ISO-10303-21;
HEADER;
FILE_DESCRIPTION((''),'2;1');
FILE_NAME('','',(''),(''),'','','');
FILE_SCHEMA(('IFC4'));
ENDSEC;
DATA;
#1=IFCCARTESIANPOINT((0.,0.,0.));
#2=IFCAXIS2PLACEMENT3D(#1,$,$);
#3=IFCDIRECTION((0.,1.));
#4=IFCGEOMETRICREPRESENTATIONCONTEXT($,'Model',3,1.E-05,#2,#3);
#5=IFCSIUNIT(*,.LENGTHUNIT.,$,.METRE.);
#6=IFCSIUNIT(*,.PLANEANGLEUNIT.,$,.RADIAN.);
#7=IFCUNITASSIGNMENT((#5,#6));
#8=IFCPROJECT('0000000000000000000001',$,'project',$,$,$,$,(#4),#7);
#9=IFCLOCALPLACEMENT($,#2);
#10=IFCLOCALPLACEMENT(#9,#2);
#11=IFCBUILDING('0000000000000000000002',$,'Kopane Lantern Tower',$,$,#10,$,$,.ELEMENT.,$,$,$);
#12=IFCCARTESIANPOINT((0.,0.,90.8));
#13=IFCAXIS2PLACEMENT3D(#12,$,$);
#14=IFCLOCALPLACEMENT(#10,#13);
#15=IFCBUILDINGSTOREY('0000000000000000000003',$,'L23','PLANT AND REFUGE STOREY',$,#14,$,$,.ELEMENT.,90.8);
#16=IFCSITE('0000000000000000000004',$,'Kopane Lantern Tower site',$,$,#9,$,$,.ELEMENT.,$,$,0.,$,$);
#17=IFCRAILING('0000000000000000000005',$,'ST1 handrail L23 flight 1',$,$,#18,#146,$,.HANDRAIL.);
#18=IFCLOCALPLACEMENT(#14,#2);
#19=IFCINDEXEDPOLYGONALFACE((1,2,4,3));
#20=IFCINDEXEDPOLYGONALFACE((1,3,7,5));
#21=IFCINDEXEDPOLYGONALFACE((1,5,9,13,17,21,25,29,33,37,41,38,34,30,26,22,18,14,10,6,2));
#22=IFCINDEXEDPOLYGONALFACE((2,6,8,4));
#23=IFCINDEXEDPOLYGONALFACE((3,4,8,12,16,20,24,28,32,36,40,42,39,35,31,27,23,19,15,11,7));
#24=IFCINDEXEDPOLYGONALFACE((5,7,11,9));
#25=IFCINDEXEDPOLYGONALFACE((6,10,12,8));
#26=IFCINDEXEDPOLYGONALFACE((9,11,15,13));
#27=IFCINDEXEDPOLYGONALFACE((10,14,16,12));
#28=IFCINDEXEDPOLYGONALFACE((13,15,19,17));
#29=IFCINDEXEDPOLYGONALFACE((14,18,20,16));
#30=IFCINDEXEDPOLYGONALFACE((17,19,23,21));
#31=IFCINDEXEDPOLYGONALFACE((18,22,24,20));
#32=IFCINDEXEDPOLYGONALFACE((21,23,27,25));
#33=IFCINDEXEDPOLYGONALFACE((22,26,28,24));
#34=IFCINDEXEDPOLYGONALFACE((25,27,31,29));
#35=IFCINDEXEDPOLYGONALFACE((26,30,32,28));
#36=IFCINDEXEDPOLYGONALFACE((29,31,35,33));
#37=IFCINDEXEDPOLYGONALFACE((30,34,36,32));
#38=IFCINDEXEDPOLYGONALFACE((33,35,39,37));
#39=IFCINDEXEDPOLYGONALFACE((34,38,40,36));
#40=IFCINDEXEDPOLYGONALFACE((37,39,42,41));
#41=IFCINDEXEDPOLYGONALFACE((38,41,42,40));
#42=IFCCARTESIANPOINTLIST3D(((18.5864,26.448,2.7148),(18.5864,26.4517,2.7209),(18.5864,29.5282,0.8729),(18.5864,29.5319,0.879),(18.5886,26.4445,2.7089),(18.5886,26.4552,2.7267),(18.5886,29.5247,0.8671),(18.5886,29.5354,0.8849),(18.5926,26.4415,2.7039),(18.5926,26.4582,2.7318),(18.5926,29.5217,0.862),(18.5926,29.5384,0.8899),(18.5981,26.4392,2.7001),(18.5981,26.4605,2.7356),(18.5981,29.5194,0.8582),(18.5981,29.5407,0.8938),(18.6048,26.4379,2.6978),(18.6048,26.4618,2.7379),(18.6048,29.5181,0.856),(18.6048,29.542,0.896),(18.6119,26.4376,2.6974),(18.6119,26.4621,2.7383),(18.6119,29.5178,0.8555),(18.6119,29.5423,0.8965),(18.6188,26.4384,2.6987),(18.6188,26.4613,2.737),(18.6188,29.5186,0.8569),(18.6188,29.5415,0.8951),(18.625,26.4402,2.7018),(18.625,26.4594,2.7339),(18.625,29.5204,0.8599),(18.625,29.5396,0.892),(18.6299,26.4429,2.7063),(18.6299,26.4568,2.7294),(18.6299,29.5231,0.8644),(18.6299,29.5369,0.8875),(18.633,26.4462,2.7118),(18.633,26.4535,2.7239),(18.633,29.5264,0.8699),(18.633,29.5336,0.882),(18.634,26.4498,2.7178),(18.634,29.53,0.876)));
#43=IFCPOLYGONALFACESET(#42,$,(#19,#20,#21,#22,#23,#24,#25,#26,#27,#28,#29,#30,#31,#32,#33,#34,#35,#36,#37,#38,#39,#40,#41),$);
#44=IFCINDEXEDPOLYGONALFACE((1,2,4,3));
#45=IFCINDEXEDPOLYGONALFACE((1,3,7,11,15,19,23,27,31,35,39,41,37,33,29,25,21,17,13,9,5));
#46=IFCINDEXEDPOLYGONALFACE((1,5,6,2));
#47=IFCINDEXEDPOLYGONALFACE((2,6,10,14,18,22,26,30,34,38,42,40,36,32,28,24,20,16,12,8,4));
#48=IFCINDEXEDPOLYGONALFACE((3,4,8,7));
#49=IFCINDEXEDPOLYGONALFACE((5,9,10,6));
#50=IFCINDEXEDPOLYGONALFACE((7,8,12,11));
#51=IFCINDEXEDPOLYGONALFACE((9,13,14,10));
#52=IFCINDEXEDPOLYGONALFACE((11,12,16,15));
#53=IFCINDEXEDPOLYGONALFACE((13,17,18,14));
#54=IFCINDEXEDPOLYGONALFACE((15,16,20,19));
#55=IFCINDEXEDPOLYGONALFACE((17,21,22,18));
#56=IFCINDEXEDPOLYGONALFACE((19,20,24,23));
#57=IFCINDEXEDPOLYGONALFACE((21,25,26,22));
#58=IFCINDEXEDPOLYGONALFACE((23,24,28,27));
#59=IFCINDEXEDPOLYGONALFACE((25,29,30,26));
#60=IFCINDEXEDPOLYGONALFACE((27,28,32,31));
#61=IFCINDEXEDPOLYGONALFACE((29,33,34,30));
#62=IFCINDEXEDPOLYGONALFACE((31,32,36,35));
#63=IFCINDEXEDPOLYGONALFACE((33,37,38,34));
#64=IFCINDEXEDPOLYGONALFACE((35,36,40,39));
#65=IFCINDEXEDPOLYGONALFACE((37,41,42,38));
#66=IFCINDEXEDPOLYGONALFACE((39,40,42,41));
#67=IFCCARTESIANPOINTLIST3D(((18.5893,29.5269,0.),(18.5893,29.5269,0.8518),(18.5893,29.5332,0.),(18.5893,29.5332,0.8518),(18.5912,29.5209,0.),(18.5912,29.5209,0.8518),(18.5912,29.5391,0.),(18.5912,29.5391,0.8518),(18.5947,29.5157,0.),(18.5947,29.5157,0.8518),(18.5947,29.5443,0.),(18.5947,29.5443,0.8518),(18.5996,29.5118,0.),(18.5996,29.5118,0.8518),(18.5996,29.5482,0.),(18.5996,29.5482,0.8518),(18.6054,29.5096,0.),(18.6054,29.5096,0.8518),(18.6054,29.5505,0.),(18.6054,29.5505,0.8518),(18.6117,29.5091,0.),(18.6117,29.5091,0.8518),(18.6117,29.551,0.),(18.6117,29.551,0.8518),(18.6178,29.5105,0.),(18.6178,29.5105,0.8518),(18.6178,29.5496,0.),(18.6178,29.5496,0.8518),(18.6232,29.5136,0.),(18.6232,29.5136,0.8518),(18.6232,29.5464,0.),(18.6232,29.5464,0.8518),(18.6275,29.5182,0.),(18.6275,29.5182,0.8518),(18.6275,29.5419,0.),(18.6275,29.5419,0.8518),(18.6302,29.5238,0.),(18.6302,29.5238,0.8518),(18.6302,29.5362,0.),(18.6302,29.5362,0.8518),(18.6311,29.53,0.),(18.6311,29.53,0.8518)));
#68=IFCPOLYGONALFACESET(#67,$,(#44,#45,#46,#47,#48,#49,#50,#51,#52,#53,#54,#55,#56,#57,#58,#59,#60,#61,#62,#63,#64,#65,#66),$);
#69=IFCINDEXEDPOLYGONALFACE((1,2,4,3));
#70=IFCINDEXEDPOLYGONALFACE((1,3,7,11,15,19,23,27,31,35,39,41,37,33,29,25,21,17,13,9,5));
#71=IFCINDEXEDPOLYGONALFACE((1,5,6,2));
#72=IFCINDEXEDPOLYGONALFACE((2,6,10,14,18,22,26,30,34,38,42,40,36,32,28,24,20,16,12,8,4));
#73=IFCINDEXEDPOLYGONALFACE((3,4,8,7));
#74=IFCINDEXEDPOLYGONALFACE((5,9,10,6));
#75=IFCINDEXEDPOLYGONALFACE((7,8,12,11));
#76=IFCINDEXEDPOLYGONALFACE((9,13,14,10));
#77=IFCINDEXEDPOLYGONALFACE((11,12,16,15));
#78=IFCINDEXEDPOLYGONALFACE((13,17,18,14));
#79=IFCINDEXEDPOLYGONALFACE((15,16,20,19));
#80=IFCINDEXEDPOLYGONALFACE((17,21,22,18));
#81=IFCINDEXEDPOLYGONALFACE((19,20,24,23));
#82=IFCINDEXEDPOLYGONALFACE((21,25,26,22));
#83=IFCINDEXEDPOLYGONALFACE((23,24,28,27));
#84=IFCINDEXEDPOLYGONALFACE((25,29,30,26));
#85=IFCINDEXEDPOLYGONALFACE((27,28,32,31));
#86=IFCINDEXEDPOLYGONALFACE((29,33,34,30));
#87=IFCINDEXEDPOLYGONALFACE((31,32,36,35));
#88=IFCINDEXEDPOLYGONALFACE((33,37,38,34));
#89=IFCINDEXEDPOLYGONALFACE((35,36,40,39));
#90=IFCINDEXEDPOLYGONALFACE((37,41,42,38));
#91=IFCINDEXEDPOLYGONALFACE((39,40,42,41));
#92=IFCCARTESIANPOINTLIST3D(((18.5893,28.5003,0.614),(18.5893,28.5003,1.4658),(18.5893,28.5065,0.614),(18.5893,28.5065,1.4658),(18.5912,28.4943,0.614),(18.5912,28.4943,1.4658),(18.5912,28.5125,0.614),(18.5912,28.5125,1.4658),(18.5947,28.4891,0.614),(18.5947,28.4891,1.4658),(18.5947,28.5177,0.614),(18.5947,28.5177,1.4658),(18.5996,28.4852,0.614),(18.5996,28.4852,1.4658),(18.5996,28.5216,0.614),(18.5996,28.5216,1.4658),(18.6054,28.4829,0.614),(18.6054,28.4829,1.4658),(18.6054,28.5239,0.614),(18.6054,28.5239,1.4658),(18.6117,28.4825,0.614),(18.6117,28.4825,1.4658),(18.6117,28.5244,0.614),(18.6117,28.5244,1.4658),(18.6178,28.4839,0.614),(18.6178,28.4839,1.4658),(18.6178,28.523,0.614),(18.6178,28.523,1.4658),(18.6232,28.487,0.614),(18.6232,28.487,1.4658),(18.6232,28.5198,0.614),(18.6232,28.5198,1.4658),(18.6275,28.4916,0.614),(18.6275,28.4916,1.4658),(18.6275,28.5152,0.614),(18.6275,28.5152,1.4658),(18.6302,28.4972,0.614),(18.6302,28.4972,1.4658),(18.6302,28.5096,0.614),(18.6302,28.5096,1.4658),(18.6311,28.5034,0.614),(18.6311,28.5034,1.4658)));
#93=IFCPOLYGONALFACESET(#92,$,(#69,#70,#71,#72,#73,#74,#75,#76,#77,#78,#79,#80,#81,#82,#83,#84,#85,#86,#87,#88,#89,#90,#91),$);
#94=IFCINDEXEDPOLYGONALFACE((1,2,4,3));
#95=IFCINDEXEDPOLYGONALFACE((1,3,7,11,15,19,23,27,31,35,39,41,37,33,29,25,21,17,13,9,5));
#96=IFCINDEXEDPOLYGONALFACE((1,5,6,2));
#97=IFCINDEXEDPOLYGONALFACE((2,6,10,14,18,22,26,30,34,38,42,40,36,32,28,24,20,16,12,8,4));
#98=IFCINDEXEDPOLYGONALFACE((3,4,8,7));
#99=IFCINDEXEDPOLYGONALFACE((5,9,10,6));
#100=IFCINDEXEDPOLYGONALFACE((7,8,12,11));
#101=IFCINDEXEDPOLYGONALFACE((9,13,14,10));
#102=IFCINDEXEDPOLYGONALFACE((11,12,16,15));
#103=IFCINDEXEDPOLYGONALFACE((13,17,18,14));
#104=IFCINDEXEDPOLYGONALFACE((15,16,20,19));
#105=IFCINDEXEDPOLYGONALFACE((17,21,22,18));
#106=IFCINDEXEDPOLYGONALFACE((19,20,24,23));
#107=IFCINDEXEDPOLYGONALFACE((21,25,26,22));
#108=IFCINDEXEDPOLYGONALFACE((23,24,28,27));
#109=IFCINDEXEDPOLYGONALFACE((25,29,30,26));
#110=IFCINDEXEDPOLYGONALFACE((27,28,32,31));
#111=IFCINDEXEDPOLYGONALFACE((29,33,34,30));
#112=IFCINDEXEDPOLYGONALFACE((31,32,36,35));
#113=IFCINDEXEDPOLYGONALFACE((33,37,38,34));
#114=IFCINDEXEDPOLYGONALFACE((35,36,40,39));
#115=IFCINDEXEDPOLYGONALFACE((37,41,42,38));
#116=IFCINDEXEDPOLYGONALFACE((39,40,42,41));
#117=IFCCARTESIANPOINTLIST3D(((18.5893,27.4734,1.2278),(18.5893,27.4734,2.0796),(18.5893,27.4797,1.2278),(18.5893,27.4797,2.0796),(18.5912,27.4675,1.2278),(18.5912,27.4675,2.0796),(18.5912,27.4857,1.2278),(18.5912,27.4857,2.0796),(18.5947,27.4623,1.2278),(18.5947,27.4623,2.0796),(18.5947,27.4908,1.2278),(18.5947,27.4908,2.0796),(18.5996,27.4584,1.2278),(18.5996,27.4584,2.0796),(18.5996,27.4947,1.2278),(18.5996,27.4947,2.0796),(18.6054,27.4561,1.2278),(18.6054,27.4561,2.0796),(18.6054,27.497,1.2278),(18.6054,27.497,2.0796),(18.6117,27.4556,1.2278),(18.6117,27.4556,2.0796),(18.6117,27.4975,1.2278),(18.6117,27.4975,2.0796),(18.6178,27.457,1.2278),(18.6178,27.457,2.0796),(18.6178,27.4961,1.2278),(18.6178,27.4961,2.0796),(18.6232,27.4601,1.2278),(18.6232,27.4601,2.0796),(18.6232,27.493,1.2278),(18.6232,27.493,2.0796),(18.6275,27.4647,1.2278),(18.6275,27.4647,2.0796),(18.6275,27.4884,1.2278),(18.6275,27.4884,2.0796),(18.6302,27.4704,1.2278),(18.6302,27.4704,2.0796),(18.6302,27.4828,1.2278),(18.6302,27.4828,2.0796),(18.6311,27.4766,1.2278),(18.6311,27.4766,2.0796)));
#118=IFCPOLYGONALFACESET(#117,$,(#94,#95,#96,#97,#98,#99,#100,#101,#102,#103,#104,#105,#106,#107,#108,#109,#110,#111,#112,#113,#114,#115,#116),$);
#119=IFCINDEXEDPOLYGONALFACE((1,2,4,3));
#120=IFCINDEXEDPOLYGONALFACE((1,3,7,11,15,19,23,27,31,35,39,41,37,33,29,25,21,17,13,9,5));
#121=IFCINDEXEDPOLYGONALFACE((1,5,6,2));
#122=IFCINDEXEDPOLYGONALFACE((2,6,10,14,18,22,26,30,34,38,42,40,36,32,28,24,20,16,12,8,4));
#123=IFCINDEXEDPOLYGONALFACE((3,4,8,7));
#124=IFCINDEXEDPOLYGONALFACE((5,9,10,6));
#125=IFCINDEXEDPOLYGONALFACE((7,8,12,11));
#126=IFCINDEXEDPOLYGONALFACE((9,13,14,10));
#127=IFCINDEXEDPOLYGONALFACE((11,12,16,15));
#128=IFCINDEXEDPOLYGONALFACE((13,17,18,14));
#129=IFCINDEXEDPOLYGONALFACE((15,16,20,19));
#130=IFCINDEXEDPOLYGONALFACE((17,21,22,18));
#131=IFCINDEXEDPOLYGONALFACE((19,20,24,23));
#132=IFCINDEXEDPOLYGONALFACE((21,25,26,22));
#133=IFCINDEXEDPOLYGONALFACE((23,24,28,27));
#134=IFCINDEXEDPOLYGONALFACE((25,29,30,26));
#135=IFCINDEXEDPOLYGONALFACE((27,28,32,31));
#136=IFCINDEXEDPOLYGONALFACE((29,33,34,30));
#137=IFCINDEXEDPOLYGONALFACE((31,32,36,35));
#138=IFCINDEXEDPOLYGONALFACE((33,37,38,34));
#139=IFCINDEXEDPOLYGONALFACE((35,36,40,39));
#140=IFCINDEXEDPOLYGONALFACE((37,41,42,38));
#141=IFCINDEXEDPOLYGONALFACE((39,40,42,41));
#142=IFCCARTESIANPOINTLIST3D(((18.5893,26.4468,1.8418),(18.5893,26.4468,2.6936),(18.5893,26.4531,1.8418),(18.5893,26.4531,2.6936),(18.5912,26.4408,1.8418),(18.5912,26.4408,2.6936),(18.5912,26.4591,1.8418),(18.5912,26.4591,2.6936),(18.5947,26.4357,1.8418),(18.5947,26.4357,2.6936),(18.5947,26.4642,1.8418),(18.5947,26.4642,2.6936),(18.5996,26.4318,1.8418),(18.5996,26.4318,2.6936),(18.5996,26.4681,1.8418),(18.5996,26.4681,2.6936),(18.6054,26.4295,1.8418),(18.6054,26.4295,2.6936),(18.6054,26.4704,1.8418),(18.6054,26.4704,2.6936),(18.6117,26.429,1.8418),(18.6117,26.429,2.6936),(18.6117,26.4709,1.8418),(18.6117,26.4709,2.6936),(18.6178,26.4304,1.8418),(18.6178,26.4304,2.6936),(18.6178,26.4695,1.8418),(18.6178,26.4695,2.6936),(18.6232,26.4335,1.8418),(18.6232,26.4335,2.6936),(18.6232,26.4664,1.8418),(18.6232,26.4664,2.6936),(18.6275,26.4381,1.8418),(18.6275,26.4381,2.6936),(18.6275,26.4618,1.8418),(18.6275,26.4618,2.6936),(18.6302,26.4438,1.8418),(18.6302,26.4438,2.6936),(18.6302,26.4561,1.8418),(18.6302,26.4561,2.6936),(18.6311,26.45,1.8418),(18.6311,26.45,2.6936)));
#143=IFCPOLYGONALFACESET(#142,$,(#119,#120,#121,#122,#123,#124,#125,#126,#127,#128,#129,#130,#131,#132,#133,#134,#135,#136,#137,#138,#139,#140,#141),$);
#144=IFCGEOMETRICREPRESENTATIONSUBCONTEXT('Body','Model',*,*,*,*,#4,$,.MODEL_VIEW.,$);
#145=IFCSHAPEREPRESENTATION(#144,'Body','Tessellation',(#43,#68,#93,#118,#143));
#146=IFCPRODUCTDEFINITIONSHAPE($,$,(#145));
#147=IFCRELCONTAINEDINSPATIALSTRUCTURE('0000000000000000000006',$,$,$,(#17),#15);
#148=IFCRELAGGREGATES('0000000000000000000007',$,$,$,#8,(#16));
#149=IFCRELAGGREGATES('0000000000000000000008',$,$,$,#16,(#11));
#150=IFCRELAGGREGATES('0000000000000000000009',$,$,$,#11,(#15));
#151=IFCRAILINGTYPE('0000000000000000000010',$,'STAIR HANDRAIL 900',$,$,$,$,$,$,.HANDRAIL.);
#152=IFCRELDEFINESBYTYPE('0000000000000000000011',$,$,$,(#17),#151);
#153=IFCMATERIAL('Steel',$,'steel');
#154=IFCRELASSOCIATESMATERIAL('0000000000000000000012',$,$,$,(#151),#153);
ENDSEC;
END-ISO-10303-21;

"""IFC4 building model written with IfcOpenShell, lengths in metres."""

from ifc_helpers import new_model, si_unit, direction, frame, origin, origin_2d, place, context, subcontext, project, spatial, circle, extrude, material, type_object, element, save


model = new_model("IFC4")

# Units and contexts
model_context = context("Model", 3, precision=1e-05, world=origin(), true_north=direction((0.0, 1.0)))
body_context = subcontext(model_context, "Body", "Model", "MODEL_VIEW")
ifc_project = project(units=[si_unit("LENGTHUNIT", "METRE"), si_unit("PLANEANGLEUNIT", "RADIAN")], contexts=[model_context])

# Site, building, storey
site_placement = place(None, origin())
site = spatial("IfcSite", under=ifc_project, at=site_placement, Name="Kopane Lantern Tower site", CompositionType="ELEMENT", RefElevation=0.0)
building_placement = place(site_placement, origin())
building = spatial("IfcBuilding", under=site, at=building_placement, Name="Kopane Lantern Tower", CompositionType="ELEMENT")
storey_placement = place(building_placement, frame((0.0, 0.0, 90.8)))
storey = spatial("IfcBuildingStorey", under=building, at=storey_placement, Name="L23", Description="PLANT AND REFUGE STOREY", CompositionType="ELEMENT", Elevation=90.8)

# Railing
ifc_material_1 = material(Name="Steel", Category="steel")
railing_type_1 = type_object("IfcRailingType", Name="STAIR HANDRAIL 900", PredefinedType="HANDRAIL", material=ifc_material_1)
for number, where, name in (
    (1, (18.6101, 29.53, 0.0), "ST1 handrail L23 flight 1"),
):
    element("IfcRailing", number, at=place(storey_placement, frame(where)), inside=storey, type_object=railing_type_1, Name=name, PredefinedType="HANDRAIL", context=body_context, shape_type="SweptSolid", body=[
        extrude(circle(Radius=0.0239, at=origin_2d()), frame((0.0, 0.0, 0.876), z_axis=(0.0, -0.85826, 0.513215), x_axis=(1.0, 0.0, 0.0)), (0.0, 0.0, 1.0), 3.5889),
        extrude(circle(Radius=0.021, at=origin_2d()), origin(), (0.0, 0.0, 1.0), 0.8518),
        extrude(circle(Radius=0.021, at=origin_2d()), frame((0.0, -1.0266, 0.614)), (0.0, 0.0, 1.0), 0.8518),
        extrude(circle(Radius=0.021, at=origin_2d()), frame((0.0, -2.0535, 1.2278)), (0.0, 0.0, 1.0), 0.8518),
        extrude(circle(Radius=0.021, at=origin_2d()), frame((0.0, -3.0801, 1.8418)), (0.0, 0.0, 1.0), 0.8518),
    ])

save(model, "model.ifc")
